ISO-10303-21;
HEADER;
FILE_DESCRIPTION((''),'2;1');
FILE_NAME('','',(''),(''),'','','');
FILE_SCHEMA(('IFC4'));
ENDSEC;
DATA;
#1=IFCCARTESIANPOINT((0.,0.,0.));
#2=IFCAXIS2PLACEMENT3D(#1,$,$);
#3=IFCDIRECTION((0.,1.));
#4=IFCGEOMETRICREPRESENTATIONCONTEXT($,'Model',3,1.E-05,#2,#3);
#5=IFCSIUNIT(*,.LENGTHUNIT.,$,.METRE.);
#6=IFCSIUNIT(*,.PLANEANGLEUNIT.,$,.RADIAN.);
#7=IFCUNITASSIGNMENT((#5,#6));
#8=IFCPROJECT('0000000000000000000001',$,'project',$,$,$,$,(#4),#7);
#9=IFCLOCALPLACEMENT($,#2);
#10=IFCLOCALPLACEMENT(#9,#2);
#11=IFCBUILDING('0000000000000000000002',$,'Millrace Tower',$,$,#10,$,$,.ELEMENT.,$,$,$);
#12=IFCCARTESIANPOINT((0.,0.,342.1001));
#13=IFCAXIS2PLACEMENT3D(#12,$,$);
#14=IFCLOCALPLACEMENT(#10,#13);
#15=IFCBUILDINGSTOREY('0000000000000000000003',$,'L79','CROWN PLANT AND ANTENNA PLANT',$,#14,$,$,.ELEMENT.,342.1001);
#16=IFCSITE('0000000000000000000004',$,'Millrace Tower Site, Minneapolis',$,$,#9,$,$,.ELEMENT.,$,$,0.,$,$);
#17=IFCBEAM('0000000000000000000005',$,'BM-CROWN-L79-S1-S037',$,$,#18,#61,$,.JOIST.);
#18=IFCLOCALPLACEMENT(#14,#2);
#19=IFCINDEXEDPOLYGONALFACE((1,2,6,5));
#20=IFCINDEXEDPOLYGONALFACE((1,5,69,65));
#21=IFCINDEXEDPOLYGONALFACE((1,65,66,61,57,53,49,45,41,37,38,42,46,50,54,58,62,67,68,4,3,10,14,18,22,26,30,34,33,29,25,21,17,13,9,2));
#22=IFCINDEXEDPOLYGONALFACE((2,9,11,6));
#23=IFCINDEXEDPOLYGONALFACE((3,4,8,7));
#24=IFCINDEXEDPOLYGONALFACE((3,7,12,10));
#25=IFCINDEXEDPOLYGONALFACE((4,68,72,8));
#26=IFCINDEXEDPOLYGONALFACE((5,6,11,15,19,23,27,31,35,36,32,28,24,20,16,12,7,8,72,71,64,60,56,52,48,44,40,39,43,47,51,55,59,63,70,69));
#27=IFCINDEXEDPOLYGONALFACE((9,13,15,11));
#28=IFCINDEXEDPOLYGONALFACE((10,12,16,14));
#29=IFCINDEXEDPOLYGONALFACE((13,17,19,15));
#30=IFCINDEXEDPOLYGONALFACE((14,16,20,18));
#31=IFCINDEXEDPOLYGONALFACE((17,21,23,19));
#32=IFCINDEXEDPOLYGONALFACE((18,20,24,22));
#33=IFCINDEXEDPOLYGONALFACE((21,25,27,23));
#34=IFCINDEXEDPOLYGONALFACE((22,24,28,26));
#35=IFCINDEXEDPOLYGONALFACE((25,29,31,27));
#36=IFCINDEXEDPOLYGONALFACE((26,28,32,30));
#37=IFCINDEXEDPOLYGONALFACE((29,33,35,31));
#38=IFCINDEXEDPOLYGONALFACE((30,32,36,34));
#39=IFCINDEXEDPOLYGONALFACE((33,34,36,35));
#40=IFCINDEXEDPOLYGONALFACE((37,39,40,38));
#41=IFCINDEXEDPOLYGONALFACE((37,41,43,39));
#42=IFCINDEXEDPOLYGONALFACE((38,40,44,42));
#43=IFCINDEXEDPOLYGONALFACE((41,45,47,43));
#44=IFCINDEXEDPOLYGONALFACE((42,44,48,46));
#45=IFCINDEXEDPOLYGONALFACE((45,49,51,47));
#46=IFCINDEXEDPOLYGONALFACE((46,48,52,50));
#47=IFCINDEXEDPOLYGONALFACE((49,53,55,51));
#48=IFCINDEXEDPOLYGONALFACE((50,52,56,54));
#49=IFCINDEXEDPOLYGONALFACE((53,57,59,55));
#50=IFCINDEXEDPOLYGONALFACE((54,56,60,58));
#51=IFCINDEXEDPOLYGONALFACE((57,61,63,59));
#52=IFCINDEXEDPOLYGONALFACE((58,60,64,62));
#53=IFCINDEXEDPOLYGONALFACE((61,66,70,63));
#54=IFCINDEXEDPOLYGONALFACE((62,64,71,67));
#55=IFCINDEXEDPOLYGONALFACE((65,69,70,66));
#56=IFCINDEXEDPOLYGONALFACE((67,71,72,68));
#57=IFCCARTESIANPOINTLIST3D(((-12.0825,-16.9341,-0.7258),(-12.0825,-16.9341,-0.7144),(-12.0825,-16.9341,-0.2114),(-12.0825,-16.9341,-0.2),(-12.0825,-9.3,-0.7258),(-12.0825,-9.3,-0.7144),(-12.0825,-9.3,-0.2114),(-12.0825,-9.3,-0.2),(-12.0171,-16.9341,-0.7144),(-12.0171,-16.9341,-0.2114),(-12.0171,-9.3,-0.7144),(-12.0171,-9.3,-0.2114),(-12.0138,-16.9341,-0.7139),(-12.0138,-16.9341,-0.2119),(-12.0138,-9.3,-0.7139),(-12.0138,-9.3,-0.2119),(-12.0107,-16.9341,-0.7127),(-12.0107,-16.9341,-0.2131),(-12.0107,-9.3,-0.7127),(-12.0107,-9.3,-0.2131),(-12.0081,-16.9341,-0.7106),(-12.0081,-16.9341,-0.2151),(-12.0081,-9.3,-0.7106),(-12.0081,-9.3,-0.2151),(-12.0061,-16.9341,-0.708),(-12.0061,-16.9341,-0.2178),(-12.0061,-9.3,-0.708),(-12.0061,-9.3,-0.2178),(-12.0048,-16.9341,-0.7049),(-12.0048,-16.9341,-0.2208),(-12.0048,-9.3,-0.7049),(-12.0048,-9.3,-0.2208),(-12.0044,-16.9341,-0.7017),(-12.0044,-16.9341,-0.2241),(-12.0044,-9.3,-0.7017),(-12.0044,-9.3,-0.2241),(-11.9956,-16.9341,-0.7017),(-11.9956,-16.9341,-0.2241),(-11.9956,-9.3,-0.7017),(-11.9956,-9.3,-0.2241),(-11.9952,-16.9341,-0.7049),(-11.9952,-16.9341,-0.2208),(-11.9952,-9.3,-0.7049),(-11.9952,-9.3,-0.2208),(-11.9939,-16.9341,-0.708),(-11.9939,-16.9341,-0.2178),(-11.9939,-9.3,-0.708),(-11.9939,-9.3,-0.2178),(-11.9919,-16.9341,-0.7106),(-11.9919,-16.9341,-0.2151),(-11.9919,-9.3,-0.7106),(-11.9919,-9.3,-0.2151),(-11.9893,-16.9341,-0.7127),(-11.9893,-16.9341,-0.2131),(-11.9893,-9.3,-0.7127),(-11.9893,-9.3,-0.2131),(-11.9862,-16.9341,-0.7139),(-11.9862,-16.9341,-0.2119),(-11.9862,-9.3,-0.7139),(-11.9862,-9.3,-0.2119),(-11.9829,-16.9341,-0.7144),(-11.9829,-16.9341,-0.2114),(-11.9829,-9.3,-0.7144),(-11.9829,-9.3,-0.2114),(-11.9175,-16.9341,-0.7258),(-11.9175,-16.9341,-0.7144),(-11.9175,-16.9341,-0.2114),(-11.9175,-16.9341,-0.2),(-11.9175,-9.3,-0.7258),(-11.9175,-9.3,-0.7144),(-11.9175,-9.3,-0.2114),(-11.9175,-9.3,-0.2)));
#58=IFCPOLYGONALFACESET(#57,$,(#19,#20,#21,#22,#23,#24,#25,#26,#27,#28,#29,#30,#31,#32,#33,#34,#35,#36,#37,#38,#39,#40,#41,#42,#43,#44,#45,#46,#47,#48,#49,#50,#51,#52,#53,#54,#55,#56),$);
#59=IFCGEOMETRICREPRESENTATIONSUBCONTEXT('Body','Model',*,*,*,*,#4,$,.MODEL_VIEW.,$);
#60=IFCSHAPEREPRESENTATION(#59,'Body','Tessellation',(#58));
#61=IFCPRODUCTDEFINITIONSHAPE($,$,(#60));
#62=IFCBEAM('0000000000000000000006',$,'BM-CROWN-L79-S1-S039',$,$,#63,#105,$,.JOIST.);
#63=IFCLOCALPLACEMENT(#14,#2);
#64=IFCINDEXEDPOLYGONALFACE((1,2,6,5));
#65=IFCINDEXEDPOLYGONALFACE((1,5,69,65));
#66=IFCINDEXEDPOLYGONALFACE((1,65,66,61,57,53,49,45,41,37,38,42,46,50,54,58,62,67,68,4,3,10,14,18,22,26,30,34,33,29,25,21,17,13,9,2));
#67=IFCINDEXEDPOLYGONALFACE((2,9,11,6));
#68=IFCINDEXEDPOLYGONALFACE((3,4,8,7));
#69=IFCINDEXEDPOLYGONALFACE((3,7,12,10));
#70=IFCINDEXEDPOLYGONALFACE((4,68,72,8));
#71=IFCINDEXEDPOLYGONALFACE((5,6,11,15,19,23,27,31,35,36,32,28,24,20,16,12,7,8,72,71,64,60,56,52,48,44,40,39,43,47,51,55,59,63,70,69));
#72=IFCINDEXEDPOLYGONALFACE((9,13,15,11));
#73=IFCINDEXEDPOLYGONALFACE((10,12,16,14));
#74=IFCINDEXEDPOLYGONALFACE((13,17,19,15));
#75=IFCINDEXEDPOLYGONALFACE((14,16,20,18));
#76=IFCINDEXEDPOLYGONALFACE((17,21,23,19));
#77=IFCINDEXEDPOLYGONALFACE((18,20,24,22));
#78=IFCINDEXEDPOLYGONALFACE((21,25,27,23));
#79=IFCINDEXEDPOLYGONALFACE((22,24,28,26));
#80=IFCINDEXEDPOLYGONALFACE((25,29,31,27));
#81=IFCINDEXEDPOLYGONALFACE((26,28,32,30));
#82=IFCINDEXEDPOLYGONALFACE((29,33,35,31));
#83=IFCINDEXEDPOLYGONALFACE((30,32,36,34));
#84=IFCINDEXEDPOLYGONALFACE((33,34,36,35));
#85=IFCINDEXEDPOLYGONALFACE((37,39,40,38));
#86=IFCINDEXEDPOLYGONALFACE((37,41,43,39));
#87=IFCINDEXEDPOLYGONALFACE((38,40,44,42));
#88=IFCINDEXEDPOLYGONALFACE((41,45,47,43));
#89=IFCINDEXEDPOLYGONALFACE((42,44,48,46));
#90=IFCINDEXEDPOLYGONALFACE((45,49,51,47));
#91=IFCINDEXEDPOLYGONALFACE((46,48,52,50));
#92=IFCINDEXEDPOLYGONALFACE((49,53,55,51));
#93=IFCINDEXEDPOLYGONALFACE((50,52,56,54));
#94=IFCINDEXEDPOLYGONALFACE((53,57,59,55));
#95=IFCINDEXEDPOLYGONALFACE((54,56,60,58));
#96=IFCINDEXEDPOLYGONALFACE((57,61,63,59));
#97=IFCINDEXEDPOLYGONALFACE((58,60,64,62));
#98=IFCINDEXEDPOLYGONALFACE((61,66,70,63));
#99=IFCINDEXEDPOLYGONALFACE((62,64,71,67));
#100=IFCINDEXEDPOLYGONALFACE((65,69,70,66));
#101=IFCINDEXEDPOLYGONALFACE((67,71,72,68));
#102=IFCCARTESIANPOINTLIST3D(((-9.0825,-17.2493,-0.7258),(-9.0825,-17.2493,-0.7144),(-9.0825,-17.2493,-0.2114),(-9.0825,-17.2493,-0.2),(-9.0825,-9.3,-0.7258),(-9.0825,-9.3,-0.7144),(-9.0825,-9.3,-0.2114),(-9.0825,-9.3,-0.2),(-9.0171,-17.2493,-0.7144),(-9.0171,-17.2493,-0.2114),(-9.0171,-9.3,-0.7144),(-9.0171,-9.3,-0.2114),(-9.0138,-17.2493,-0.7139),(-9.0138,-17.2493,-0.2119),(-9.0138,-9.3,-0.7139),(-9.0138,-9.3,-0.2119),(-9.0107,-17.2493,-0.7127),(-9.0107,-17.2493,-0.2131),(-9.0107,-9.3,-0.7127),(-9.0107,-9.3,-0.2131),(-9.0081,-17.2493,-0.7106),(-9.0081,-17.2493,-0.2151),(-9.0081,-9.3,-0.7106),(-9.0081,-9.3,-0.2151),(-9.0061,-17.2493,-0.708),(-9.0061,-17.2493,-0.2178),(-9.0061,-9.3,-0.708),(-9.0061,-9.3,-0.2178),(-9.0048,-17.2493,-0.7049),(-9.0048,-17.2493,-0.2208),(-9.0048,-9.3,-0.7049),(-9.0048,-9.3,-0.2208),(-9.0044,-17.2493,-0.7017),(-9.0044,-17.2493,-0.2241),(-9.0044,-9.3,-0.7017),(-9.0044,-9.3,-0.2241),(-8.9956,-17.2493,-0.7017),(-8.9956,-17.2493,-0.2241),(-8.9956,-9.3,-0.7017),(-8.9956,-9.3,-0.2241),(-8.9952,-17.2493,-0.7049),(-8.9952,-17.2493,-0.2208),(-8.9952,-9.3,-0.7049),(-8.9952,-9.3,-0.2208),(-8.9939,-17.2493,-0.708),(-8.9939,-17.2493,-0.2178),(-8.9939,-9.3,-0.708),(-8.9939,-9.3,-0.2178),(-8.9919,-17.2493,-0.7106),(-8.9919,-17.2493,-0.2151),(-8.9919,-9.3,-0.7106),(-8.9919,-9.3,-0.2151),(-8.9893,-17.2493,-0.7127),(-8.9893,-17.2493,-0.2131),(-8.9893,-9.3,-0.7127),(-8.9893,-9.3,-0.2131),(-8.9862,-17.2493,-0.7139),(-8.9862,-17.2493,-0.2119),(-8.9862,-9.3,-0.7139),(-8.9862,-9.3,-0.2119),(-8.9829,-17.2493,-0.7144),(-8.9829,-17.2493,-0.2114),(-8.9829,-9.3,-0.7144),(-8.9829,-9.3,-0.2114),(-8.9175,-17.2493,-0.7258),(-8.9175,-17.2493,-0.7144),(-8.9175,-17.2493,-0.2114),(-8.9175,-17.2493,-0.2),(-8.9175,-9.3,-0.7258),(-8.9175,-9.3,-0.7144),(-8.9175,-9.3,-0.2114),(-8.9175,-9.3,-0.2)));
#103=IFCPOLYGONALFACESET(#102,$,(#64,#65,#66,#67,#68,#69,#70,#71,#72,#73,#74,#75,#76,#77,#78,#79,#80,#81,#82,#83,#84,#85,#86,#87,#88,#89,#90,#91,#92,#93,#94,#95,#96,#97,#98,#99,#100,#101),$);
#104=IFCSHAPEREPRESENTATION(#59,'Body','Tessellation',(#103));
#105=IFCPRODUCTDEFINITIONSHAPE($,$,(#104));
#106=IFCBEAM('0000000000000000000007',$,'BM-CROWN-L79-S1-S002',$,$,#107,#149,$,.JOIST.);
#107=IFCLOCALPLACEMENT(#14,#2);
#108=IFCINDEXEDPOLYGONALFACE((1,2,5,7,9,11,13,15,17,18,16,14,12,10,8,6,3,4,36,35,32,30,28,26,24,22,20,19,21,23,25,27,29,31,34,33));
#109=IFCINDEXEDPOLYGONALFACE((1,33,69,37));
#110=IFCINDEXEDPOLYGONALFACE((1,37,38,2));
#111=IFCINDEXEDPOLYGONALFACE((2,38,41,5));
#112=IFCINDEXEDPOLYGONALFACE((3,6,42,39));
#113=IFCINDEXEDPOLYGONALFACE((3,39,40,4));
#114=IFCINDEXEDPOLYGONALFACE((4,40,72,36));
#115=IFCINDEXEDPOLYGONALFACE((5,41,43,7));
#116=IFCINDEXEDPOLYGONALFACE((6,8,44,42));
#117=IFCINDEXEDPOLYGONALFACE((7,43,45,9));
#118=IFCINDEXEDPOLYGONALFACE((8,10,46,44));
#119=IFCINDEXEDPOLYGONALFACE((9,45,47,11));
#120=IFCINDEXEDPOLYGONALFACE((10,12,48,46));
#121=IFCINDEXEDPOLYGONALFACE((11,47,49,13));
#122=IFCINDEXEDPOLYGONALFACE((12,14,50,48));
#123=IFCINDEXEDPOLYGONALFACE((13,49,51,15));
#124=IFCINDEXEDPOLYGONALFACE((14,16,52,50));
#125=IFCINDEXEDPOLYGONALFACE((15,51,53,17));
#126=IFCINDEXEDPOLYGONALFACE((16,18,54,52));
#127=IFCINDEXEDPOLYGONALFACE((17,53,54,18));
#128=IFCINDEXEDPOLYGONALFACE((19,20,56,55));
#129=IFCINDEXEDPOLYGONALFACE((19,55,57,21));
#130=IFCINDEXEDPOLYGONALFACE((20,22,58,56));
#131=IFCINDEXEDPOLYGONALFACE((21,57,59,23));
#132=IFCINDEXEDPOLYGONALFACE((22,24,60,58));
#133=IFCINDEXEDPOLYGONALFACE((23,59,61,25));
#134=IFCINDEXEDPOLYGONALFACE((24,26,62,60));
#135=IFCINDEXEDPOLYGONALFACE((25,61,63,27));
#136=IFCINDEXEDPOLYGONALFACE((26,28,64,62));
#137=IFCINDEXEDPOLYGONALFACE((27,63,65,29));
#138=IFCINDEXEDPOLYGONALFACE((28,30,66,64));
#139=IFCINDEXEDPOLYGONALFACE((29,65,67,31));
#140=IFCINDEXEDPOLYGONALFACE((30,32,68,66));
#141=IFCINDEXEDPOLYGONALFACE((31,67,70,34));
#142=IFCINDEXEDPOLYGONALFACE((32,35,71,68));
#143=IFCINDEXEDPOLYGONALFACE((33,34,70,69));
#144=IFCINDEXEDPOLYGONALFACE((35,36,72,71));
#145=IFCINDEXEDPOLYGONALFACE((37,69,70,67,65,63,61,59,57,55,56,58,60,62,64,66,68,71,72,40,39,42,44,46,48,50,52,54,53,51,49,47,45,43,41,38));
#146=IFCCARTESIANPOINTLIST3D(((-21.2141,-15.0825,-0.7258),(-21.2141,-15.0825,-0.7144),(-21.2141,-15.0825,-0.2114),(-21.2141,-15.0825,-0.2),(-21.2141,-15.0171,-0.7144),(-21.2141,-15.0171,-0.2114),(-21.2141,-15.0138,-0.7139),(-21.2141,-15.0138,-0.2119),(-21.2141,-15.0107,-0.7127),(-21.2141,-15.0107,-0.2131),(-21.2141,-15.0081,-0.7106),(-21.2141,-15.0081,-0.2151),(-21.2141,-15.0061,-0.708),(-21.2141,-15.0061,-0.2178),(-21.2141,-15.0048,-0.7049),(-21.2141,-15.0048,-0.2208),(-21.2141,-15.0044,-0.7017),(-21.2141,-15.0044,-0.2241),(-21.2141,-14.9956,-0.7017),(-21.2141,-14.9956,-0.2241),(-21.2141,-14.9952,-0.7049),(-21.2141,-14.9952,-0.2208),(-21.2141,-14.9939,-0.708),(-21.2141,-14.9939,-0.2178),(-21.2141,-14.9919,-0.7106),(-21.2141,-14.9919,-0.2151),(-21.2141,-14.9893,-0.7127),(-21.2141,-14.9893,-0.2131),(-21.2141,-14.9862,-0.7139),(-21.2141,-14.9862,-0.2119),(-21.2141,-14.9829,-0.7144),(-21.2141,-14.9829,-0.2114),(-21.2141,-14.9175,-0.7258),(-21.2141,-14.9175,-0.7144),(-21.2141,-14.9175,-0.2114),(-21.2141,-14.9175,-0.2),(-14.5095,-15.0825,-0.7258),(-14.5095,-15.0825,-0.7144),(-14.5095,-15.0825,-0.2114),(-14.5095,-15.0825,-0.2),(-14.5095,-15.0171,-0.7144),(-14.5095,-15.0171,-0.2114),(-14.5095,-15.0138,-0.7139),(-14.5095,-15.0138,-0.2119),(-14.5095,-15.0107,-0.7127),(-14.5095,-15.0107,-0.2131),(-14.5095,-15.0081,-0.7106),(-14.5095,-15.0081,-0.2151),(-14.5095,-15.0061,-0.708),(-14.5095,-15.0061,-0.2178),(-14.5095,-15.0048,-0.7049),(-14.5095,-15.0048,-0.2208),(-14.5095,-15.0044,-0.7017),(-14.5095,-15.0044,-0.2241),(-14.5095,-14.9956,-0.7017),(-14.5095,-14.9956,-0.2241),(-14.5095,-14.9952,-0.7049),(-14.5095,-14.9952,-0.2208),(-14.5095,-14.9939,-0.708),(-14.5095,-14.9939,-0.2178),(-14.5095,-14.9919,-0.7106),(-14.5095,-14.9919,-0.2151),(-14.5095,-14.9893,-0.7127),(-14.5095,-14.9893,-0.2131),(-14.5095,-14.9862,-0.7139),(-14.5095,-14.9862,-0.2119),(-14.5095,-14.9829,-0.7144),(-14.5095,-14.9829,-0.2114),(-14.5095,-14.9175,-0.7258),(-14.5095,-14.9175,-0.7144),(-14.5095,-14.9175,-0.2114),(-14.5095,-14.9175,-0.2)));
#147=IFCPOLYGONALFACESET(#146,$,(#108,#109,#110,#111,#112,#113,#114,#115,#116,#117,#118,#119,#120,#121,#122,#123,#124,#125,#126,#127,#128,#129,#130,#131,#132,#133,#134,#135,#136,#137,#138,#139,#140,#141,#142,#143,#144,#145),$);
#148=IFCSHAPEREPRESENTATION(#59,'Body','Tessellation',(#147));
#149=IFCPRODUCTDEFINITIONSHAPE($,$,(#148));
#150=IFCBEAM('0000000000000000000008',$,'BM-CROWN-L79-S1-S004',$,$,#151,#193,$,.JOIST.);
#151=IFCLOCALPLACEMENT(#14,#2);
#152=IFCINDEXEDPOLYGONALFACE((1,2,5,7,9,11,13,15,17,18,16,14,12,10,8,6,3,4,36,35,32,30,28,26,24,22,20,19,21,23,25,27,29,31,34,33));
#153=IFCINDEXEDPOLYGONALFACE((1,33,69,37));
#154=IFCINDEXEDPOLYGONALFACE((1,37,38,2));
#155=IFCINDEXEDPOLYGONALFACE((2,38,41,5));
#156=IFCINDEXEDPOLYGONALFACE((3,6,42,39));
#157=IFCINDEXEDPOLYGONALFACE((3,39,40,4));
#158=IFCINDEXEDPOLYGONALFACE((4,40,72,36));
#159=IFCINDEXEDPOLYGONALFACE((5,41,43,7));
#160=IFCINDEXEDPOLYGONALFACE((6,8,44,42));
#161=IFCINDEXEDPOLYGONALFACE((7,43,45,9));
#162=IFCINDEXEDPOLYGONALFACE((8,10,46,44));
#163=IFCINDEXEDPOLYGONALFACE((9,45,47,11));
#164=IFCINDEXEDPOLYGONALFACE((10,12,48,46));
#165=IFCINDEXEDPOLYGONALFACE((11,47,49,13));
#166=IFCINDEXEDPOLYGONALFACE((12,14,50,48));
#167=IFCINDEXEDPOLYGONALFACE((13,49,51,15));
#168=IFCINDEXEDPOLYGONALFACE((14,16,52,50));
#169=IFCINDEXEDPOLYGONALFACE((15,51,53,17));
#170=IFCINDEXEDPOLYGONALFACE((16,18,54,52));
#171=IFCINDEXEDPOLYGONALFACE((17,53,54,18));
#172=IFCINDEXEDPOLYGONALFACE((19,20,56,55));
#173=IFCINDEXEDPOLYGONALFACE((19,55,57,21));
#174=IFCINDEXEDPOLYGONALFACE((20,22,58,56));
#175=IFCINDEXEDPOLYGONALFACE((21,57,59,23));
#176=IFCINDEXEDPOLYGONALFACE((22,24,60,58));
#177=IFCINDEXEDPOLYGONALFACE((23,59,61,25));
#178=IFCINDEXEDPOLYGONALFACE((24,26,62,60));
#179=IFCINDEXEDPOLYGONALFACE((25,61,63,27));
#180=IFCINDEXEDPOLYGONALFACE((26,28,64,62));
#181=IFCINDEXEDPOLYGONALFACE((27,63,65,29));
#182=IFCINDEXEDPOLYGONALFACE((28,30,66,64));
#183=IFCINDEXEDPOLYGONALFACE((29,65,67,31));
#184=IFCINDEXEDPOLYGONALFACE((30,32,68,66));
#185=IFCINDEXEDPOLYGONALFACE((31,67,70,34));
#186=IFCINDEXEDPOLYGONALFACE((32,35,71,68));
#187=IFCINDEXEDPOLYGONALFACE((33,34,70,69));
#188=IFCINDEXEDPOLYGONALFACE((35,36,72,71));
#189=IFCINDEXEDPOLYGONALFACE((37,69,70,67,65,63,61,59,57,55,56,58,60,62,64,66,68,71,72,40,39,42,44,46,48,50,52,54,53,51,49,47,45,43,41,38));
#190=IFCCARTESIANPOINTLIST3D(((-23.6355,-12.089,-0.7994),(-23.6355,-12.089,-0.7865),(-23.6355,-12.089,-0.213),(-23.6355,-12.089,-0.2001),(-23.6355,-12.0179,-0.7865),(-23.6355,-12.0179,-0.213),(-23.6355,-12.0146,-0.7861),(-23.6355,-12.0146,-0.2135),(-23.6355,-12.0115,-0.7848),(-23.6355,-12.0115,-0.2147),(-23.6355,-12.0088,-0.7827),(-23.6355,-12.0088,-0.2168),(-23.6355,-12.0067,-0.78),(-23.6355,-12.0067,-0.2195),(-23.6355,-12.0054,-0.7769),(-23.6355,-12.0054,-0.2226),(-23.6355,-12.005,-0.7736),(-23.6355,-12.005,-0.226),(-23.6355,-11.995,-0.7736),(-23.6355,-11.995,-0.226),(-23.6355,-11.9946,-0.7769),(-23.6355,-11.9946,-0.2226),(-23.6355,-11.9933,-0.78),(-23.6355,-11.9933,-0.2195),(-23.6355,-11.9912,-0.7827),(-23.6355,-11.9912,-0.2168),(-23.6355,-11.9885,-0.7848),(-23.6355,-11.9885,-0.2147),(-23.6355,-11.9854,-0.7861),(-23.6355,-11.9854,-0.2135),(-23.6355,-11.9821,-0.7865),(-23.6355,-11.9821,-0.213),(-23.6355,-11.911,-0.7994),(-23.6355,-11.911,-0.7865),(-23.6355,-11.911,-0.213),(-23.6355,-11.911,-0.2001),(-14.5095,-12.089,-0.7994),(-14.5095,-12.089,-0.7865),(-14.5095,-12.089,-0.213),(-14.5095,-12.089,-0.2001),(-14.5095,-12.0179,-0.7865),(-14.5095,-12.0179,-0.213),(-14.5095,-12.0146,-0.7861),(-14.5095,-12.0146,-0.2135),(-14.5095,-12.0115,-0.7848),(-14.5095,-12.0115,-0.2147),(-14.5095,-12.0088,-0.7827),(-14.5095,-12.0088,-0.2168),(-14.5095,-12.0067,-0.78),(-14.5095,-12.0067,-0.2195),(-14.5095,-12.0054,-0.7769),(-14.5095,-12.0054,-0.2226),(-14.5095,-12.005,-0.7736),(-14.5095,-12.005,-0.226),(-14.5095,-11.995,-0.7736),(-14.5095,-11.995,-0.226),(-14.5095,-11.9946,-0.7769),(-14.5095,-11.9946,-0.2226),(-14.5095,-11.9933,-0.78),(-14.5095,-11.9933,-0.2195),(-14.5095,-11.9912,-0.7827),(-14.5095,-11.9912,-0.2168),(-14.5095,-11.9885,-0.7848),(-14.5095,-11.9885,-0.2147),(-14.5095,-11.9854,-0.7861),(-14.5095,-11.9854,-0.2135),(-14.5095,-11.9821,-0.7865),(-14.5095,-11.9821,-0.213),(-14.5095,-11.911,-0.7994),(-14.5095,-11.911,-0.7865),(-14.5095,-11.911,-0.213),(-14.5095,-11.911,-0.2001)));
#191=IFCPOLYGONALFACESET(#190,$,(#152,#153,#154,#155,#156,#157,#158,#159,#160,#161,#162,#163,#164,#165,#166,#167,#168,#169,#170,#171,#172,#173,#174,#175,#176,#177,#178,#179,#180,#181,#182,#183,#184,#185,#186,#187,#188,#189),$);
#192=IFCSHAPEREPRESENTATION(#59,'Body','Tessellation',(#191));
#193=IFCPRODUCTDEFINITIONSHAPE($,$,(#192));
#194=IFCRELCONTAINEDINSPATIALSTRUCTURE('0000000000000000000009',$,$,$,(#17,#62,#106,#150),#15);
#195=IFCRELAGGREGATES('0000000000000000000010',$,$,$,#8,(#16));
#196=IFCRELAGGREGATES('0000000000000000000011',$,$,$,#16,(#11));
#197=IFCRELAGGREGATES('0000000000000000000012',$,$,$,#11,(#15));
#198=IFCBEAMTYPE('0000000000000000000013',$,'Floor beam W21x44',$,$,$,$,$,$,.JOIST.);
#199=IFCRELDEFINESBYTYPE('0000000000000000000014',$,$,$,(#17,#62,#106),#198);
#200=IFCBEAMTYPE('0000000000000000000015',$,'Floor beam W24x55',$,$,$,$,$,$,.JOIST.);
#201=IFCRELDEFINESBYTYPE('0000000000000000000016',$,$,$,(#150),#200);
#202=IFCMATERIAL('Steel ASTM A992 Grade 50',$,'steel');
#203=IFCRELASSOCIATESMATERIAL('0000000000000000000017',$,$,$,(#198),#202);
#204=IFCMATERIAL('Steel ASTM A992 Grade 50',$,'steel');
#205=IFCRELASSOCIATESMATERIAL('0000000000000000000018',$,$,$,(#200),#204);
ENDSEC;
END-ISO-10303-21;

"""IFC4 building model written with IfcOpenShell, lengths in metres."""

from ifc_helpers import new_model, si_unit, direction, frame, origin, origin_2d, place, context, subcontext, project, spatial, i_section, extrude, material, material_profile, profile_set, type_object, element, save


model = new_model("IFC4")

# Units and contexts
model_context = context("Model", 3, precision=1e-05, world=origin(), true_north=direction((0.0, 1.0)))
body_context = subcontext(model_context, "Body", "Model", "MODEL_VIEW")
ifc_project = project(units=[si_unit("LENGTHUNIT", "METRE"), si_unit("PLANEANGLEUNIT", "RADIAN")], contexts=[model_context])

# Site, building, storey
site_placement = place(None, origin())
site = spatial("IfcSite", under=ifc_project, at=site_placement, Name="Millrace Tower Site, Minneapolis", CompositionType="ELEMENT", RefElevation=0.0)
building_placement = place(site_placement, origin())
building = spatial("IfcBuilding", under=site, at=building_placement, Name="Millrace Tower", CompositionType="ELEMENT")
storey_placement = place(building_placement, frame((0.0, 0.0, 342.1001)))
storey = spatial("IfcBuildingStorey", under=building, at=storey_placement, Name="L79", Description="CROWN PLANT AND ANTENNA PLANT", CompositionType="ELEMENT", Elevation=342.1001)

# Beams
ifc_material_1 = material(Name="Steel ASTM A992 Grade 50", Category="steel")
ifc_material_profile_1 = material_profile(ifc_material_1, i_section(OverallWidth=0.165, OverallDepth=0.5259, WebThickness=0.0088, FlangeThickness=0.0115, FilletRadius=0.0127, at=origin_2d()))
ifc_profile_set_1 = profile_set([ifc_material_profile_1], Name="Steel ASTM A992 Grade 50")
beam_type_1 = type_object("IfcBeamType", Name="Floor beam W21x44", PredefinedType="JOIST", material=ifc_profile_set_1)
beam_1_placement = place(storey_placement, frame((-12.0, -16.9341, -0.4629), z_axis=(0.0, 1.0, 0.0), x_axis=(-1.0, 0.0, 0.0)))
element("IfcBeam", 1, at=beam_1_placement, inside=storey, type_object=beam_type_1, Name="BM-CROWN-L79-S1-S037", PredefinedType="JOIST", context=body_context, shape_type="SweptSolid", body=[
    extrude(i_section(OverallWidth=0.165, OverallDepth=0.5259, WebThickness=0.0088, FlangeThickness=0.0115, FilletRadius=0.0127, at=origin_2d()), origin(), (0.0, 0.0, 1.0), 7.634),
])
beam_2_placement = place(storey_placement, frame((-9.0, -17.2493, -0.4629), z_axis=(0.0, 1.0, 0.0), x_axis=(-1.0, 0.0, 0.0)))
element("IfcBeam", 2, at=beam_2_placement, inside=storey, type_object=beam_type_1, Name="BM-CROWN-L79-S1-S039", PredefinedType="JOIST", context=body_context, shape_type="SweptSolid", body=[
    extrude(i_section(OverallWidth=0.165, OverallDepth=0.5259, WebThickness=0.0088, FlangeThickness=0.0115, FilletRadius=0.0127, at=origin_2d()), origin(), (0.0, 0.0, 1.0), 7.9492),
])
beam_3_placement = place(storey_placement, frame((-21.2141, -15.0, -0.4629), z_axis=(1.0, 0.0, 0.0), x_axis=(0.0, 1.0, 0.0)))
element("IfcBeam", 3, at=beam_3_placement, inside=storey, type_object=beam_type_1, Name="BM-CROWN-L79-S1-S002", PredefinedType="JOIST", context=body_context, shape_type="SweptSolid", body=[
    extrude(i_section(OverallWidth=0.165, OverallDepth=0.5259, WebThickness=0.0088, FlangeThickness=0.0115, FilletRadius=0.0127, at=origin_2d()), origin(), (0.0, 0.0, 1.0), 6.7046),
])
ifc_material_2 = material(Name="Steel ASTM A992 Grade 50", Category="steel")
ifc_material_profile_2 = material_profile(ifc_material_2, i_section(OverallWidth=0.178, OverallDepth=0.5994, WebThickness=0.01, FlangeThickness=0.0129, FilletRadius=0.0129, at=origin_2d()))
ifc_profile_set_2 = profile_set([ifc_material_profile_2], Name="Steel ASTM A992 Grade 50")
beam_type_2 = type_object("IfcBeamType", Name="Floor beam W24x55", PredefinedType="JOIST", material=ifc_profile_set_2)
beam_4_placement = place(storey_placement, frame((-23.6355, -12.0, -0.4998), z_axis=(1.0, 0.0, 0.0), x_axis=(0.0, 1.0, 0.0)))
element("IfcBeam", 4, at=beam_4_placement, inside=storey, type_object=beam_type_2, Name="BM-CROWN-L79-S1-S004", PredefinedType="JOIST", context=body_context, shape_type="SweptSolid", body=[
    extrude(i_section(OverallWidth=0.178, OverallDepth=0.5994, WebThickness=0.01, FlangeThickness=0.0129, FilletRadius=0.0129, at=origin_2d()), origin(), (0.0, 0.0, 1.0), 9.126),
])

save(model, "model.ifc")
